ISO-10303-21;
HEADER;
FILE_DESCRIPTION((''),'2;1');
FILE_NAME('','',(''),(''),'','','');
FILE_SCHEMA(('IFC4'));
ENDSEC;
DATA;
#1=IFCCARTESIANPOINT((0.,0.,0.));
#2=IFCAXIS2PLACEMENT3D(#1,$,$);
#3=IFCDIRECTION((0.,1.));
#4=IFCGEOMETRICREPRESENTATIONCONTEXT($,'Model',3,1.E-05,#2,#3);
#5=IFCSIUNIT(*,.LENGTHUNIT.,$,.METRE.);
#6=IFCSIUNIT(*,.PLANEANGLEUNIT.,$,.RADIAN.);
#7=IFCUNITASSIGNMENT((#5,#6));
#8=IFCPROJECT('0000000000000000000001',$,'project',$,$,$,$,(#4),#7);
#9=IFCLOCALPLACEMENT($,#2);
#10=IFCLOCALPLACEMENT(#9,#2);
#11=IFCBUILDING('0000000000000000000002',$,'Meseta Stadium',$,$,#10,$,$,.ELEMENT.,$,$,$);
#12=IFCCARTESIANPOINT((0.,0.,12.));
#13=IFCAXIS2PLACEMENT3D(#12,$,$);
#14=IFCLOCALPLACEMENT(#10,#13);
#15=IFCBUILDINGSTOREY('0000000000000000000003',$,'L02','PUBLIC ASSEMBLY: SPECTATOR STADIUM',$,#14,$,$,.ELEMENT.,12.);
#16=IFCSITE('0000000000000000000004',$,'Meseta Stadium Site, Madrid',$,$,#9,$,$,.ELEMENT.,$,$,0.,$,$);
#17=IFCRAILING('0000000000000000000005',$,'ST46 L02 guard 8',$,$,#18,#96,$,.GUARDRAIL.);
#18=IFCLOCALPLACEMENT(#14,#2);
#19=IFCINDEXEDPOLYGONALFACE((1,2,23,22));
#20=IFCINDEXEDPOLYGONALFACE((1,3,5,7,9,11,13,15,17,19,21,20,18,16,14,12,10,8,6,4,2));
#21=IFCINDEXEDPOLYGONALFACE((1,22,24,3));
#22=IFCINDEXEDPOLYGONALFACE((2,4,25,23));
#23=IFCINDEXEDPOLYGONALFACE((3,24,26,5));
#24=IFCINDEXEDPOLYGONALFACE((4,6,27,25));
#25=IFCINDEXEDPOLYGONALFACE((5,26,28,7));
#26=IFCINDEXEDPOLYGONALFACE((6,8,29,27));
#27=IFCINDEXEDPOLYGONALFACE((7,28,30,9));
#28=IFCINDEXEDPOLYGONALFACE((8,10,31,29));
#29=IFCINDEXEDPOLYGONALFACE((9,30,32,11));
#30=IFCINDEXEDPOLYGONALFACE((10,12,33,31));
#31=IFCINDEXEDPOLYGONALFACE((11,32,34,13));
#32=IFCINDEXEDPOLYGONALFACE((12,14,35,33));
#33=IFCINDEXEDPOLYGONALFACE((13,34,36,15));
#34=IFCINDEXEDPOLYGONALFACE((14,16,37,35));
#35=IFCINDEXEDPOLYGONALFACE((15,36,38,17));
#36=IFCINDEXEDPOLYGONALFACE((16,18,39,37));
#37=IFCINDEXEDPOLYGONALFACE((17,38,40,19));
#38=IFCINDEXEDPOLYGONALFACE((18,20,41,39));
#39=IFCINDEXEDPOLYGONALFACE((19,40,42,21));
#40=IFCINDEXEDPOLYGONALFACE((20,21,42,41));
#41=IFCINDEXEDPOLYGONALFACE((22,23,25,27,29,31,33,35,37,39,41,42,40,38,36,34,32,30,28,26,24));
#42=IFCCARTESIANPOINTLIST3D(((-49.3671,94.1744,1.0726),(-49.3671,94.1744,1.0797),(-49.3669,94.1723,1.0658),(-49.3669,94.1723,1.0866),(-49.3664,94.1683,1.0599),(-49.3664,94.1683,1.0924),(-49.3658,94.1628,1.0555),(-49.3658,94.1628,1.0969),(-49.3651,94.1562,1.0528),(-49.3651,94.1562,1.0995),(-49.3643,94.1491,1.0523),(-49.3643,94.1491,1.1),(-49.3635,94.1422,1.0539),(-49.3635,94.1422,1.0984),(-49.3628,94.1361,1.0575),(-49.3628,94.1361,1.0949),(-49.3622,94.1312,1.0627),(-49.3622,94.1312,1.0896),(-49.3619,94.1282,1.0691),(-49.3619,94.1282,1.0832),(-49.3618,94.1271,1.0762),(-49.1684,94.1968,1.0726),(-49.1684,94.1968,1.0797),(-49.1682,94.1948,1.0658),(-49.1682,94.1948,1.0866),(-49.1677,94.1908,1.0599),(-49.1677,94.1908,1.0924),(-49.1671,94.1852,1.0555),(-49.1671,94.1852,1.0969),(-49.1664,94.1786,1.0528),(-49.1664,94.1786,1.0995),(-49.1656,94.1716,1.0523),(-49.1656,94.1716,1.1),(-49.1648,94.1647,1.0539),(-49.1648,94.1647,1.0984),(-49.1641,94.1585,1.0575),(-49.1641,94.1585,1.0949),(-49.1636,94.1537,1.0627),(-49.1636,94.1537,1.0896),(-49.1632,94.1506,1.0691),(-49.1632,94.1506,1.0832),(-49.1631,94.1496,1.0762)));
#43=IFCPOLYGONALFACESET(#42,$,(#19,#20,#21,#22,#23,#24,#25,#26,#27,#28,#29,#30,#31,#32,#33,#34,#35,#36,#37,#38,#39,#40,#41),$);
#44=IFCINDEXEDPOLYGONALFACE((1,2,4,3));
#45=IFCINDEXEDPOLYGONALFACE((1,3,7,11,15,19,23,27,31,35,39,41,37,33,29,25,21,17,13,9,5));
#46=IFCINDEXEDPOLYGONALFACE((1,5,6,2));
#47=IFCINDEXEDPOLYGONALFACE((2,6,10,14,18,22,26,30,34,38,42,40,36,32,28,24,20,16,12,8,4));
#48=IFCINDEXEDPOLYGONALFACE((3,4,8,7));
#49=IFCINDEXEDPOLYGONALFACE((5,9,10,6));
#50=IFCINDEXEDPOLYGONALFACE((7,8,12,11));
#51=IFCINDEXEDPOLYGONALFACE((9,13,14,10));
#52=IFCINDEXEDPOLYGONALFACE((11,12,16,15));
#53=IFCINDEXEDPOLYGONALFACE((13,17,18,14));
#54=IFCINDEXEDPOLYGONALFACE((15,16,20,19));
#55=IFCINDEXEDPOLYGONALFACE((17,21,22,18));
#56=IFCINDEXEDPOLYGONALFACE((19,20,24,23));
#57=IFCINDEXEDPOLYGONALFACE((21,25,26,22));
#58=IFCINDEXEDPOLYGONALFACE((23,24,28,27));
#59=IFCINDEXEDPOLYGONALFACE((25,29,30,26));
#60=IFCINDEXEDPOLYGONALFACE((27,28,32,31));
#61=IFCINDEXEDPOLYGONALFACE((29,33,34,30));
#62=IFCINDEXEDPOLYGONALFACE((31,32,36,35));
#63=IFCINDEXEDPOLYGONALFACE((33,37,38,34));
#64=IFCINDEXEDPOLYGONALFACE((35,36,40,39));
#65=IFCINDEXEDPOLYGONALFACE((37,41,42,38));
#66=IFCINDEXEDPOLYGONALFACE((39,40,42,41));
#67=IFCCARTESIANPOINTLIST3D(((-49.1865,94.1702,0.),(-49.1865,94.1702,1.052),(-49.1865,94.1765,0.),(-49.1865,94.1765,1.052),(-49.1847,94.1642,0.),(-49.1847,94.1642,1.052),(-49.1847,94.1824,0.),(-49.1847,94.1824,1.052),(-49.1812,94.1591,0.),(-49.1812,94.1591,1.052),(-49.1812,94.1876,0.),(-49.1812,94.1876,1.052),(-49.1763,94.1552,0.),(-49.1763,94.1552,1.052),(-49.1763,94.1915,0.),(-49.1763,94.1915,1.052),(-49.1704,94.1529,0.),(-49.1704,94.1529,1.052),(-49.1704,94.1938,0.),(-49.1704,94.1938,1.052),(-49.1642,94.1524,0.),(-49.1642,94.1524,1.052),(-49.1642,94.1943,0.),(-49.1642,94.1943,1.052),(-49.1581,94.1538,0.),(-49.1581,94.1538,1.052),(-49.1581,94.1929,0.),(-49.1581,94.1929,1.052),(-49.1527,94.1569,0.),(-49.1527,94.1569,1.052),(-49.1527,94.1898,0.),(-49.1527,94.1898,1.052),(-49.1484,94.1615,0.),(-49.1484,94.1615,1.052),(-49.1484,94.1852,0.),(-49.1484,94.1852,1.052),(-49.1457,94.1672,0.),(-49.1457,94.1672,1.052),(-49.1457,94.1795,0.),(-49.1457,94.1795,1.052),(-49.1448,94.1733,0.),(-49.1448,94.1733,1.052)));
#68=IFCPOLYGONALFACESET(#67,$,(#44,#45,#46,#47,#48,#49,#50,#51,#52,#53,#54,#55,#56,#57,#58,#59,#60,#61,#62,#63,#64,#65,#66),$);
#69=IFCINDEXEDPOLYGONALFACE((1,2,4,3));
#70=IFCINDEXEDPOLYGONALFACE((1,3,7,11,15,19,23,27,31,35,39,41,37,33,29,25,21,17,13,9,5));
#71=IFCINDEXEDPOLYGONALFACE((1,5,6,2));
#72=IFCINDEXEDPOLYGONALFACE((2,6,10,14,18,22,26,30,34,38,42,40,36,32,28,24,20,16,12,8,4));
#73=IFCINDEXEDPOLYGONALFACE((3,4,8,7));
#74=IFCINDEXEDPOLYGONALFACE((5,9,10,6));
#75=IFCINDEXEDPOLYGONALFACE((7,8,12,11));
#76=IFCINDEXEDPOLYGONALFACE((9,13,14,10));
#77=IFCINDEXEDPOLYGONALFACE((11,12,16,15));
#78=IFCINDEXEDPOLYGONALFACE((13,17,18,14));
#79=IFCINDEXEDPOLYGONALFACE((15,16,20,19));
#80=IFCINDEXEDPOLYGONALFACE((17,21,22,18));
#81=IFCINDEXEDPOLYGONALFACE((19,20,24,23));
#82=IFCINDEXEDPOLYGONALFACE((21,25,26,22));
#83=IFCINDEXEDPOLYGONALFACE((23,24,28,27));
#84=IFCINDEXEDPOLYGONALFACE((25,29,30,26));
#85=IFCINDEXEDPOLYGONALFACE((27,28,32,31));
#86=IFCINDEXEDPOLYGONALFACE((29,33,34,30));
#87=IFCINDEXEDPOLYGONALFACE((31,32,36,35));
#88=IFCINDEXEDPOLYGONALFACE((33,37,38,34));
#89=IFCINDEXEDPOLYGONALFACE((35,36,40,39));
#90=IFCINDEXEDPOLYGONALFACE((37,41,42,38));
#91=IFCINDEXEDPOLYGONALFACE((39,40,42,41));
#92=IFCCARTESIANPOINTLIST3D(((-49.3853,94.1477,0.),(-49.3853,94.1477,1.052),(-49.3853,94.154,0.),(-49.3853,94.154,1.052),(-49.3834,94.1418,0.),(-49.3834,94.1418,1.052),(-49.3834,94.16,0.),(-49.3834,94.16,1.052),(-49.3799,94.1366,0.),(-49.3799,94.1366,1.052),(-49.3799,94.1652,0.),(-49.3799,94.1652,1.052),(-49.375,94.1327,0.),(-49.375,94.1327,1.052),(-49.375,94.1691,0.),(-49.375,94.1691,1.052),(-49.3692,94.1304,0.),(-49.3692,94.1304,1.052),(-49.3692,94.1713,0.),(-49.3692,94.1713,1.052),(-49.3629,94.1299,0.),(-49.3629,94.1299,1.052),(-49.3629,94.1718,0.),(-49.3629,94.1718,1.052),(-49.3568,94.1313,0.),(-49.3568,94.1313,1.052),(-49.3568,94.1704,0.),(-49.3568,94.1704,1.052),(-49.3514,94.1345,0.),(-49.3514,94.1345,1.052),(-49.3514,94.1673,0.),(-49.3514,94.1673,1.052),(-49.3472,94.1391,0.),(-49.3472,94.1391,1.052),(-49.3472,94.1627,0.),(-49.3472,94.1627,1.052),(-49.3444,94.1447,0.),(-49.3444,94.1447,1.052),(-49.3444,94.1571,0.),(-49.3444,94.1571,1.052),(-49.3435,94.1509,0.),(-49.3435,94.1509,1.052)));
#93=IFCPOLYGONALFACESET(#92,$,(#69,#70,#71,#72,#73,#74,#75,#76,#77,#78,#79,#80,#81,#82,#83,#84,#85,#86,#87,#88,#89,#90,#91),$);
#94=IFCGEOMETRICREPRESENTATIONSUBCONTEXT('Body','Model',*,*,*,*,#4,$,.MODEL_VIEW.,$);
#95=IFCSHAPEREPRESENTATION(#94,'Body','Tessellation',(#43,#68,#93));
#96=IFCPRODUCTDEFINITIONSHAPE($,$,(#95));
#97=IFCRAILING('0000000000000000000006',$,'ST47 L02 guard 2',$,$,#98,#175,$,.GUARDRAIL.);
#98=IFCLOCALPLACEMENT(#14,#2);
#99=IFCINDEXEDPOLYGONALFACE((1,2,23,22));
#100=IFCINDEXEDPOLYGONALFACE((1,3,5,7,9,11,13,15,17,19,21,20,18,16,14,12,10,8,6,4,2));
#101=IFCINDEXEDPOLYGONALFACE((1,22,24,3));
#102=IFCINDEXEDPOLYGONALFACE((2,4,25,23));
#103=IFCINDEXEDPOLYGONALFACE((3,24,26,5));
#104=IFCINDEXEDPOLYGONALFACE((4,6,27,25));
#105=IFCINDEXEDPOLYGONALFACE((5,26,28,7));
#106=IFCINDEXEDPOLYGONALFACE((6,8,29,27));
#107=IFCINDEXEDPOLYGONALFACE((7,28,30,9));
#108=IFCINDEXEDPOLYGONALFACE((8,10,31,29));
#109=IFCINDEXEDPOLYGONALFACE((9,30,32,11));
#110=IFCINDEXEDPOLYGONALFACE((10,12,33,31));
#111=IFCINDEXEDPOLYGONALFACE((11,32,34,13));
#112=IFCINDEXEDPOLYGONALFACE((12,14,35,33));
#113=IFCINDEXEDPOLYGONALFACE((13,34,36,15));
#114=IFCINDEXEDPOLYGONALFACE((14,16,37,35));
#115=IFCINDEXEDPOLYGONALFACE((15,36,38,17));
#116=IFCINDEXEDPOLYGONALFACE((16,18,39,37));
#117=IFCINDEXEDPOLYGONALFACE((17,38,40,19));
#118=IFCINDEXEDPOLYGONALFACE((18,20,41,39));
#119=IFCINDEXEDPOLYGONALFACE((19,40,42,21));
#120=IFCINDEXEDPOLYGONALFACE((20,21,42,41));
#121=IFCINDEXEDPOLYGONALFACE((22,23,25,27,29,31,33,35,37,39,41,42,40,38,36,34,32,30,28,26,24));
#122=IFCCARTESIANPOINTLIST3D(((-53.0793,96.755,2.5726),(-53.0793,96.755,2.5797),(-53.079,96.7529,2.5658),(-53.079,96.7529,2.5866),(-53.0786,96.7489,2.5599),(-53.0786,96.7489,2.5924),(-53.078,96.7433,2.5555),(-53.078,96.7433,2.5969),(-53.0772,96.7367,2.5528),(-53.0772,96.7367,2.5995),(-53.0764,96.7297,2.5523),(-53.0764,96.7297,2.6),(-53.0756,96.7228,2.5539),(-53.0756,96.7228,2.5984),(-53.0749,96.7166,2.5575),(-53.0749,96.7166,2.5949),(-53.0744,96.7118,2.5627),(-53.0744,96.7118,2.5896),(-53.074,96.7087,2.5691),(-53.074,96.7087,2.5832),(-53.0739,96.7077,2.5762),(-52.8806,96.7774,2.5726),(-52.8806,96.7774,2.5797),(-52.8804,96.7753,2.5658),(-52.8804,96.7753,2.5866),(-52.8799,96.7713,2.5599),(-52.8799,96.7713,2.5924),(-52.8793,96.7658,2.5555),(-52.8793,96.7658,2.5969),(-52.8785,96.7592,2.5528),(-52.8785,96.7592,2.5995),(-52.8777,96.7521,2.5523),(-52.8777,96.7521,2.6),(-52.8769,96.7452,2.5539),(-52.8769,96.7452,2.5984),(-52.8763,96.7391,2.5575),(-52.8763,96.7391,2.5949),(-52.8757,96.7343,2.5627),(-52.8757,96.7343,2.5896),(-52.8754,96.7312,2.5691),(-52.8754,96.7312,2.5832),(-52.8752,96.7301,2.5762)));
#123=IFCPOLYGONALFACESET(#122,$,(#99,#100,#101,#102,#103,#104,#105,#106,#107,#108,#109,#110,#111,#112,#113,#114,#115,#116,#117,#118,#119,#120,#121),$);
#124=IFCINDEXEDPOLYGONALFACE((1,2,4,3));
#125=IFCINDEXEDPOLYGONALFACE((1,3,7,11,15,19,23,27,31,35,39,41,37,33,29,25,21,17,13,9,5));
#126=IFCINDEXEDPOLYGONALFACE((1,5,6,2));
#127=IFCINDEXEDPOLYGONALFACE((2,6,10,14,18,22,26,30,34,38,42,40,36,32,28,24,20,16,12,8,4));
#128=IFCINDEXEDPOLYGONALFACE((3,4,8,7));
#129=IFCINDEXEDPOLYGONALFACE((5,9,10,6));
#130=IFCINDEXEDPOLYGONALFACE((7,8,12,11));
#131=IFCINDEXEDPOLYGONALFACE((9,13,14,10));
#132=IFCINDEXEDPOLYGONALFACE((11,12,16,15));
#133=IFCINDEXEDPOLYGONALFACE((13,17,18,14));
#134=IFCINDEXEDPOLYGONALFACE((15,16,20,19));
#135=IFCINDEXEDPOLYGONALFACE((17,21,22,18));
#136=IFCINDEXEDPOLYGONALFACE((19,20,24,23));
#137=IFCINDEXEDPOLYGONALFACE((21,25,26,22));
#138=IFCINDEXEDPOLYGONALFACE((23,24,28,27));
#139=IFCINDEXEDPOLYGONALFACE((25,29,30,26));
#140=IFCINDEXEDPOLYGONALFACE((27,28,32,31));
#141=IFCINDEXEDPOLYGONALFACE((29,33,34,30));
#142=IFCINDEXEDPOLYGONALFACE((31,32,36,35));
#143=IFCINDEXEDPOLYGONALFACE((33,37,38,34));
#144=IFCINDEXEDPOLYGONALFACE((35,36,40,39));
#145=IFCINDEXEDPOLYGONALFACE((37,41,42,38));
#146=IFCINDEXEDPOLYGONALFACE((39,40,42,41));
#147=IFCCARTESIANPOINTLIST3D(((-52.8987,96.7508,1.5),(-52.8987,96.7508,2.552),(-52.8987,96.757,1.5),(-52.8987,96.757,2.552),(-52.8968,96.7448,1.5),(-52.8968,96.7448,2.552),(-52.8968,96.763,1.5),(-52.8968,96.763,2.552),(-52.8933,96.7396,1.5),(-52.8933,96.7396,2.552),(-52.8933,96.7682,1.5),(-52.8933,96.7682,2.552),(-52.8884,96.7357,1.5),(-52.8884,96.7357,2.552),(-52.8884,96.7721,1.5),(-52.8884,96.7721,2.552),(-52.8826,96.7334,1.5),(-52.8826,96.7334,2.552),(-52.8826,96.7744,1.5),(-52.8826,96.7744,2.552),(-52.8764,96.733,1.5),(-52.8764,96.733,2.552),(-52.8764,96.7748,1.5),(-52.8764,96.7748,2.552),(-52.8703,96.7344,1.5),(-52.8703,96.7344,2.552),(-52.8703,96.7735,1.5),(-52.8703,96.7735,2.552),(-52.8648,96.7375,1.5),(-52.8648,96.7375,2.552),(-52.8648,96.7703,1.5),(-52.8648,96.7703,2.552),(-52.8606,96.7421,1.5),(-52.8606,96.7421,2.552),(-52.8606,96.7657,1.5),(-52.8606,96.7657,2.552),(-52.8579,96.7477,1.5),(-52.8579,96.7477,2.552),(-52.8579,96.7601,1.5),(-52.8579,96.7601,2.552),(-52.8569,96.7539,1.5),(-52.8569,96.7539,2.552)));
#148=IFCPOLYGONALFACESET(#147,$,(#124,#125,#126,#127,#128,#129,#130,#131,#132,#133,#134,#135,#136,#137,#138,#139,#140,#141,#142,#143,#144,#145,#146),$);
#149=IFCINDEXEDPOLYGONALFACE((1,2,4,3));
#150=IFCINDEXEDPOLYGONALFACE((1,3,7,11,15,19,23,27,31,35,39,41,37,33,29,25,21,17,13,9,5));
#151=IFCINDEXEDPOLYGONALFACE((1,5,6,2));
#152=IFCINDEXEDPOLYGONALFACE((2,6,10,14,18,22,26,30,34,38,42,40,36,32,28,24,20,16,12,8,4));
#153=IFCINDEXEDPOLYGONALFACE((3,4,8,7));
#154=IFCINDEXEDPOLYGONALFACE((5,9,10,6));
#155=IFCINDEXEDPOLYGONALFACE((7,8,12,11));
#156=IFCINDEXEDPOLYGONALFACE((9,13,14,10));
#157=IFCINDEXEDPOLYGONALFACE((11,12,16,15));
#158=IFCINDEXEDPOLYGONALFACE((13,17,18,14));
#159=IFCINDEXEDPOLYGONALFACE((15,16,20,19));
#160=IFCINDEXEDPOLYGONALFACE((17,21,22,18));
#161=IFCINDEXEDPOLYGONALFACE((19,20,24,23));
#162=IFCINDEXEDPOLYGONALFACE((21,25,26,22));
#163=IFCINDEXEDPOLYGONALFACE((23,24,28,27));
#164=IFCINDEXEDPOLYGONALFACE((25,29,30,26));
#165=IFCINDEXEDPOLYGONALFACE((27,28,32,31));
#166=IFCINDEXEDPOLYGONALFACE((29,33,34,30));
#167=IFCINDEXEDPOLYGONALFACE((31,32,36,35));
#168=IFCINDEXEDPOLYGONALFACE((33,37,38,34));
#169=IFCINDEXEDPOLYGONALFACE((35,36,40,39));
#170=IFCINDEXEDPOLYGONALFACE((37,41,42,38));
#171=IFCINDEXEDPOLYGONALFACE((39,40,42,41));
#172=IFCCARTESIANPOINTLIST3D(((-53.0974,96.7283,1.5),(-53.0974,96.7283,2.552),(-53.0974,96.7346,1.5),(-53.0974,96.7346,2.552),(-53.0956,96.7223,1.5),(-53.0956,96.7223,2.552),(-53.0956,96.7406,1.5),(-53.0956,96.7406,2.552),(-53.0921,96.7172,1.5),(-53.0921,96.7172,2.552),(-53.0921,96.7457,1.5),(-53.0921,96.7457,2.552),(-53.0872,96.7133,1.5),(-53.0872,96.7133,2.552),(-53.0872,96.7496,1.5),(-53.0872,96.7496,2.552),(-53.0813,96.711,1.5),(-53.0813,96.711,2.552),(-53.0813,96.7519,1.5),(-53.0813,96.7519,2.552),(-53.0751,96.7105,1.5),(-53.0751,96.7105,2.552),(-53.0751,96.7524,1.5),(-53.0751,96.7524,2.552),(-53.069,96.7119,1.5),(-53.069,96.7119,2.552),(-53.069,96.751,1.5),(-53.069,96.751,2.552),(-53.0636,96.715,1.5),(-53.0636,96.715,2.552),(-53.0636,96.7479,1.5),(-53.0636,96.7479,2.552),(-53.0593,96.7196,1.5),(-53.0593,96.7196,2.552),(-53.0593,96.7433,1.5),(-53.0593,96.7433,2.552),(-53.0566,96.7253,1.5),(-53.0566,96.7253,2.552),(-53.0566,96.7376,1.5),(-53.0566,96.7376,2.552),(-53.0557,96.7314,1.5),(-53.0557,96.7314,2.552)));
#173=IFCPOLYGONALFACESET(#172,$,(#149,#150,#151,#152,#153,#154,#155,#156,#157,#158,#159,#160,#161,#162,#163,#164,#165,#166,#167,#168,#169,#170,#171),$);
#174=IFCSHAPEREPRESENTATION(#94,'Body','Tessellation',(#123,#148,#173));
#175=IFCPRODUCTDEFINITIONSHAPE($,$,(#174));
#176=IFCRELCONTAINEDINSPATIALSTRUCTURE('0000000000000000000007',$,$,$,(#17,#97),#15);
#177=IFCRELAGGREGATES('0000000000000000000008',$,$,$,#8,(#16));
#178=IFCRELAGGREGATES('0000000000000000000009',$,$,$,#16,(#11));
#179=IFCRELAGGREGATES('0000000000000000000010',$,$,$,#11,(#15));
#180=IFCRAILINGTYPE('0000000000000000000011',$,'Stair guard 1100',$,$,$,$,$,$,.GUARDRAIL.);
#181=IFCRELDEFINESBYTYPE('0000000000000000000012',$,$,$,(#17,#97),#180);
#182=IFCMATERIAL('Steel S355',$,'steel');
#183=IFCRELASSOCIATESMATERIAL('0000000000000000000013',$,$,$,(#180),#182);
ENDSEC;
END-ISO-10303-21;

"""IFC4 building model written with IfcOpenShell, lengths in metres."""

from ifc_helpers import new_model, si_unit, direction, frame, origin, origin_2d, place, context, subcontext, project, spatial, circle, extrude, material, type_object, element, save


model = new_model("IFC4")

# Units and contexts
model_context = context("Model", 3, precision=1e-05, world=origin(), true_north=direction((0.0, 1.0)))
body_context = subcontext(model_context, "Body", "Model", "MODEL_VIEW")
ifc_project = project(units=[si_unit("LENGTHUNIT", "METRE"), si_unit("PLANEANGLEUNIT", "RADIAN")], contexts=[model_context])

# Site, building, storey
site_placement = place(None, origin())
site = spatial("IfcSite", under=ifc_project, at=site_placement, Name="Meseta Stadium Site, Madrid", CompositionType="ELEMENT", RefElevation=0.0)
building_placement = place(site_placement, origin())
building = spatial("IfcBuilding", under=site, at=building_placement, Name="Meseta Stadium", CompositionType="ELEMENT")
storey_placement = place(building_placement, frame((0.0, 0.0, 12.0)))
storey = spatial("IfcBuildingStorey", under=building, at=storey_placement, Name="L02", Description="PUBLIC ASSEMBLY: SPECTATOR STADIUM", CompositionType="ELEMENT", Elevation=12.0)

# Railings
ifc_material_1 = material(Name="Steel S355", Category="steel")
railing_type_1 = type_object("IfcRailingType", Name="Stair guard 1100", PredefinedType="GUARDRAIL", material=ifc_material_1)
for number, where, name in (
    (1, (-49.1658, 94.1733, 0.0), "ST46 L02 guard 8"),
    (2, (-52.8779, 96.7539, 1.5), "ST47 L02 guard 2"),
):
    element("IfcRailing", number, at=place(storey_placement, frame(where)), inside=storey, type_object=railing_type_1, Name=name, PredefinedType="GUARDRAIL", context=body_context, shape_type="SweptSolid", body=[
        extrude(circle(Radius=0.0239, at=origin_2d()), frame((0.0, 0.0, 1.0762), z_axis=(-0.993674, -0.112307, 0.0), x_axis=(0.112307, -0.993674, 0.0)), (0.0, 0.0, 1.0), 0.2),
        extrude(circle(Radius=0.021, at=origin_2d()), origin(), (0.0, 0.0, 1.0), 1.052),
        extrude(circle(Radius=0.021, at=origin_2d()), frame((-0.1987, -0.0225, 0.0)), (0.0, 0.0, 1.0), 1.052),
    ])

save(model, "model.ifc")
